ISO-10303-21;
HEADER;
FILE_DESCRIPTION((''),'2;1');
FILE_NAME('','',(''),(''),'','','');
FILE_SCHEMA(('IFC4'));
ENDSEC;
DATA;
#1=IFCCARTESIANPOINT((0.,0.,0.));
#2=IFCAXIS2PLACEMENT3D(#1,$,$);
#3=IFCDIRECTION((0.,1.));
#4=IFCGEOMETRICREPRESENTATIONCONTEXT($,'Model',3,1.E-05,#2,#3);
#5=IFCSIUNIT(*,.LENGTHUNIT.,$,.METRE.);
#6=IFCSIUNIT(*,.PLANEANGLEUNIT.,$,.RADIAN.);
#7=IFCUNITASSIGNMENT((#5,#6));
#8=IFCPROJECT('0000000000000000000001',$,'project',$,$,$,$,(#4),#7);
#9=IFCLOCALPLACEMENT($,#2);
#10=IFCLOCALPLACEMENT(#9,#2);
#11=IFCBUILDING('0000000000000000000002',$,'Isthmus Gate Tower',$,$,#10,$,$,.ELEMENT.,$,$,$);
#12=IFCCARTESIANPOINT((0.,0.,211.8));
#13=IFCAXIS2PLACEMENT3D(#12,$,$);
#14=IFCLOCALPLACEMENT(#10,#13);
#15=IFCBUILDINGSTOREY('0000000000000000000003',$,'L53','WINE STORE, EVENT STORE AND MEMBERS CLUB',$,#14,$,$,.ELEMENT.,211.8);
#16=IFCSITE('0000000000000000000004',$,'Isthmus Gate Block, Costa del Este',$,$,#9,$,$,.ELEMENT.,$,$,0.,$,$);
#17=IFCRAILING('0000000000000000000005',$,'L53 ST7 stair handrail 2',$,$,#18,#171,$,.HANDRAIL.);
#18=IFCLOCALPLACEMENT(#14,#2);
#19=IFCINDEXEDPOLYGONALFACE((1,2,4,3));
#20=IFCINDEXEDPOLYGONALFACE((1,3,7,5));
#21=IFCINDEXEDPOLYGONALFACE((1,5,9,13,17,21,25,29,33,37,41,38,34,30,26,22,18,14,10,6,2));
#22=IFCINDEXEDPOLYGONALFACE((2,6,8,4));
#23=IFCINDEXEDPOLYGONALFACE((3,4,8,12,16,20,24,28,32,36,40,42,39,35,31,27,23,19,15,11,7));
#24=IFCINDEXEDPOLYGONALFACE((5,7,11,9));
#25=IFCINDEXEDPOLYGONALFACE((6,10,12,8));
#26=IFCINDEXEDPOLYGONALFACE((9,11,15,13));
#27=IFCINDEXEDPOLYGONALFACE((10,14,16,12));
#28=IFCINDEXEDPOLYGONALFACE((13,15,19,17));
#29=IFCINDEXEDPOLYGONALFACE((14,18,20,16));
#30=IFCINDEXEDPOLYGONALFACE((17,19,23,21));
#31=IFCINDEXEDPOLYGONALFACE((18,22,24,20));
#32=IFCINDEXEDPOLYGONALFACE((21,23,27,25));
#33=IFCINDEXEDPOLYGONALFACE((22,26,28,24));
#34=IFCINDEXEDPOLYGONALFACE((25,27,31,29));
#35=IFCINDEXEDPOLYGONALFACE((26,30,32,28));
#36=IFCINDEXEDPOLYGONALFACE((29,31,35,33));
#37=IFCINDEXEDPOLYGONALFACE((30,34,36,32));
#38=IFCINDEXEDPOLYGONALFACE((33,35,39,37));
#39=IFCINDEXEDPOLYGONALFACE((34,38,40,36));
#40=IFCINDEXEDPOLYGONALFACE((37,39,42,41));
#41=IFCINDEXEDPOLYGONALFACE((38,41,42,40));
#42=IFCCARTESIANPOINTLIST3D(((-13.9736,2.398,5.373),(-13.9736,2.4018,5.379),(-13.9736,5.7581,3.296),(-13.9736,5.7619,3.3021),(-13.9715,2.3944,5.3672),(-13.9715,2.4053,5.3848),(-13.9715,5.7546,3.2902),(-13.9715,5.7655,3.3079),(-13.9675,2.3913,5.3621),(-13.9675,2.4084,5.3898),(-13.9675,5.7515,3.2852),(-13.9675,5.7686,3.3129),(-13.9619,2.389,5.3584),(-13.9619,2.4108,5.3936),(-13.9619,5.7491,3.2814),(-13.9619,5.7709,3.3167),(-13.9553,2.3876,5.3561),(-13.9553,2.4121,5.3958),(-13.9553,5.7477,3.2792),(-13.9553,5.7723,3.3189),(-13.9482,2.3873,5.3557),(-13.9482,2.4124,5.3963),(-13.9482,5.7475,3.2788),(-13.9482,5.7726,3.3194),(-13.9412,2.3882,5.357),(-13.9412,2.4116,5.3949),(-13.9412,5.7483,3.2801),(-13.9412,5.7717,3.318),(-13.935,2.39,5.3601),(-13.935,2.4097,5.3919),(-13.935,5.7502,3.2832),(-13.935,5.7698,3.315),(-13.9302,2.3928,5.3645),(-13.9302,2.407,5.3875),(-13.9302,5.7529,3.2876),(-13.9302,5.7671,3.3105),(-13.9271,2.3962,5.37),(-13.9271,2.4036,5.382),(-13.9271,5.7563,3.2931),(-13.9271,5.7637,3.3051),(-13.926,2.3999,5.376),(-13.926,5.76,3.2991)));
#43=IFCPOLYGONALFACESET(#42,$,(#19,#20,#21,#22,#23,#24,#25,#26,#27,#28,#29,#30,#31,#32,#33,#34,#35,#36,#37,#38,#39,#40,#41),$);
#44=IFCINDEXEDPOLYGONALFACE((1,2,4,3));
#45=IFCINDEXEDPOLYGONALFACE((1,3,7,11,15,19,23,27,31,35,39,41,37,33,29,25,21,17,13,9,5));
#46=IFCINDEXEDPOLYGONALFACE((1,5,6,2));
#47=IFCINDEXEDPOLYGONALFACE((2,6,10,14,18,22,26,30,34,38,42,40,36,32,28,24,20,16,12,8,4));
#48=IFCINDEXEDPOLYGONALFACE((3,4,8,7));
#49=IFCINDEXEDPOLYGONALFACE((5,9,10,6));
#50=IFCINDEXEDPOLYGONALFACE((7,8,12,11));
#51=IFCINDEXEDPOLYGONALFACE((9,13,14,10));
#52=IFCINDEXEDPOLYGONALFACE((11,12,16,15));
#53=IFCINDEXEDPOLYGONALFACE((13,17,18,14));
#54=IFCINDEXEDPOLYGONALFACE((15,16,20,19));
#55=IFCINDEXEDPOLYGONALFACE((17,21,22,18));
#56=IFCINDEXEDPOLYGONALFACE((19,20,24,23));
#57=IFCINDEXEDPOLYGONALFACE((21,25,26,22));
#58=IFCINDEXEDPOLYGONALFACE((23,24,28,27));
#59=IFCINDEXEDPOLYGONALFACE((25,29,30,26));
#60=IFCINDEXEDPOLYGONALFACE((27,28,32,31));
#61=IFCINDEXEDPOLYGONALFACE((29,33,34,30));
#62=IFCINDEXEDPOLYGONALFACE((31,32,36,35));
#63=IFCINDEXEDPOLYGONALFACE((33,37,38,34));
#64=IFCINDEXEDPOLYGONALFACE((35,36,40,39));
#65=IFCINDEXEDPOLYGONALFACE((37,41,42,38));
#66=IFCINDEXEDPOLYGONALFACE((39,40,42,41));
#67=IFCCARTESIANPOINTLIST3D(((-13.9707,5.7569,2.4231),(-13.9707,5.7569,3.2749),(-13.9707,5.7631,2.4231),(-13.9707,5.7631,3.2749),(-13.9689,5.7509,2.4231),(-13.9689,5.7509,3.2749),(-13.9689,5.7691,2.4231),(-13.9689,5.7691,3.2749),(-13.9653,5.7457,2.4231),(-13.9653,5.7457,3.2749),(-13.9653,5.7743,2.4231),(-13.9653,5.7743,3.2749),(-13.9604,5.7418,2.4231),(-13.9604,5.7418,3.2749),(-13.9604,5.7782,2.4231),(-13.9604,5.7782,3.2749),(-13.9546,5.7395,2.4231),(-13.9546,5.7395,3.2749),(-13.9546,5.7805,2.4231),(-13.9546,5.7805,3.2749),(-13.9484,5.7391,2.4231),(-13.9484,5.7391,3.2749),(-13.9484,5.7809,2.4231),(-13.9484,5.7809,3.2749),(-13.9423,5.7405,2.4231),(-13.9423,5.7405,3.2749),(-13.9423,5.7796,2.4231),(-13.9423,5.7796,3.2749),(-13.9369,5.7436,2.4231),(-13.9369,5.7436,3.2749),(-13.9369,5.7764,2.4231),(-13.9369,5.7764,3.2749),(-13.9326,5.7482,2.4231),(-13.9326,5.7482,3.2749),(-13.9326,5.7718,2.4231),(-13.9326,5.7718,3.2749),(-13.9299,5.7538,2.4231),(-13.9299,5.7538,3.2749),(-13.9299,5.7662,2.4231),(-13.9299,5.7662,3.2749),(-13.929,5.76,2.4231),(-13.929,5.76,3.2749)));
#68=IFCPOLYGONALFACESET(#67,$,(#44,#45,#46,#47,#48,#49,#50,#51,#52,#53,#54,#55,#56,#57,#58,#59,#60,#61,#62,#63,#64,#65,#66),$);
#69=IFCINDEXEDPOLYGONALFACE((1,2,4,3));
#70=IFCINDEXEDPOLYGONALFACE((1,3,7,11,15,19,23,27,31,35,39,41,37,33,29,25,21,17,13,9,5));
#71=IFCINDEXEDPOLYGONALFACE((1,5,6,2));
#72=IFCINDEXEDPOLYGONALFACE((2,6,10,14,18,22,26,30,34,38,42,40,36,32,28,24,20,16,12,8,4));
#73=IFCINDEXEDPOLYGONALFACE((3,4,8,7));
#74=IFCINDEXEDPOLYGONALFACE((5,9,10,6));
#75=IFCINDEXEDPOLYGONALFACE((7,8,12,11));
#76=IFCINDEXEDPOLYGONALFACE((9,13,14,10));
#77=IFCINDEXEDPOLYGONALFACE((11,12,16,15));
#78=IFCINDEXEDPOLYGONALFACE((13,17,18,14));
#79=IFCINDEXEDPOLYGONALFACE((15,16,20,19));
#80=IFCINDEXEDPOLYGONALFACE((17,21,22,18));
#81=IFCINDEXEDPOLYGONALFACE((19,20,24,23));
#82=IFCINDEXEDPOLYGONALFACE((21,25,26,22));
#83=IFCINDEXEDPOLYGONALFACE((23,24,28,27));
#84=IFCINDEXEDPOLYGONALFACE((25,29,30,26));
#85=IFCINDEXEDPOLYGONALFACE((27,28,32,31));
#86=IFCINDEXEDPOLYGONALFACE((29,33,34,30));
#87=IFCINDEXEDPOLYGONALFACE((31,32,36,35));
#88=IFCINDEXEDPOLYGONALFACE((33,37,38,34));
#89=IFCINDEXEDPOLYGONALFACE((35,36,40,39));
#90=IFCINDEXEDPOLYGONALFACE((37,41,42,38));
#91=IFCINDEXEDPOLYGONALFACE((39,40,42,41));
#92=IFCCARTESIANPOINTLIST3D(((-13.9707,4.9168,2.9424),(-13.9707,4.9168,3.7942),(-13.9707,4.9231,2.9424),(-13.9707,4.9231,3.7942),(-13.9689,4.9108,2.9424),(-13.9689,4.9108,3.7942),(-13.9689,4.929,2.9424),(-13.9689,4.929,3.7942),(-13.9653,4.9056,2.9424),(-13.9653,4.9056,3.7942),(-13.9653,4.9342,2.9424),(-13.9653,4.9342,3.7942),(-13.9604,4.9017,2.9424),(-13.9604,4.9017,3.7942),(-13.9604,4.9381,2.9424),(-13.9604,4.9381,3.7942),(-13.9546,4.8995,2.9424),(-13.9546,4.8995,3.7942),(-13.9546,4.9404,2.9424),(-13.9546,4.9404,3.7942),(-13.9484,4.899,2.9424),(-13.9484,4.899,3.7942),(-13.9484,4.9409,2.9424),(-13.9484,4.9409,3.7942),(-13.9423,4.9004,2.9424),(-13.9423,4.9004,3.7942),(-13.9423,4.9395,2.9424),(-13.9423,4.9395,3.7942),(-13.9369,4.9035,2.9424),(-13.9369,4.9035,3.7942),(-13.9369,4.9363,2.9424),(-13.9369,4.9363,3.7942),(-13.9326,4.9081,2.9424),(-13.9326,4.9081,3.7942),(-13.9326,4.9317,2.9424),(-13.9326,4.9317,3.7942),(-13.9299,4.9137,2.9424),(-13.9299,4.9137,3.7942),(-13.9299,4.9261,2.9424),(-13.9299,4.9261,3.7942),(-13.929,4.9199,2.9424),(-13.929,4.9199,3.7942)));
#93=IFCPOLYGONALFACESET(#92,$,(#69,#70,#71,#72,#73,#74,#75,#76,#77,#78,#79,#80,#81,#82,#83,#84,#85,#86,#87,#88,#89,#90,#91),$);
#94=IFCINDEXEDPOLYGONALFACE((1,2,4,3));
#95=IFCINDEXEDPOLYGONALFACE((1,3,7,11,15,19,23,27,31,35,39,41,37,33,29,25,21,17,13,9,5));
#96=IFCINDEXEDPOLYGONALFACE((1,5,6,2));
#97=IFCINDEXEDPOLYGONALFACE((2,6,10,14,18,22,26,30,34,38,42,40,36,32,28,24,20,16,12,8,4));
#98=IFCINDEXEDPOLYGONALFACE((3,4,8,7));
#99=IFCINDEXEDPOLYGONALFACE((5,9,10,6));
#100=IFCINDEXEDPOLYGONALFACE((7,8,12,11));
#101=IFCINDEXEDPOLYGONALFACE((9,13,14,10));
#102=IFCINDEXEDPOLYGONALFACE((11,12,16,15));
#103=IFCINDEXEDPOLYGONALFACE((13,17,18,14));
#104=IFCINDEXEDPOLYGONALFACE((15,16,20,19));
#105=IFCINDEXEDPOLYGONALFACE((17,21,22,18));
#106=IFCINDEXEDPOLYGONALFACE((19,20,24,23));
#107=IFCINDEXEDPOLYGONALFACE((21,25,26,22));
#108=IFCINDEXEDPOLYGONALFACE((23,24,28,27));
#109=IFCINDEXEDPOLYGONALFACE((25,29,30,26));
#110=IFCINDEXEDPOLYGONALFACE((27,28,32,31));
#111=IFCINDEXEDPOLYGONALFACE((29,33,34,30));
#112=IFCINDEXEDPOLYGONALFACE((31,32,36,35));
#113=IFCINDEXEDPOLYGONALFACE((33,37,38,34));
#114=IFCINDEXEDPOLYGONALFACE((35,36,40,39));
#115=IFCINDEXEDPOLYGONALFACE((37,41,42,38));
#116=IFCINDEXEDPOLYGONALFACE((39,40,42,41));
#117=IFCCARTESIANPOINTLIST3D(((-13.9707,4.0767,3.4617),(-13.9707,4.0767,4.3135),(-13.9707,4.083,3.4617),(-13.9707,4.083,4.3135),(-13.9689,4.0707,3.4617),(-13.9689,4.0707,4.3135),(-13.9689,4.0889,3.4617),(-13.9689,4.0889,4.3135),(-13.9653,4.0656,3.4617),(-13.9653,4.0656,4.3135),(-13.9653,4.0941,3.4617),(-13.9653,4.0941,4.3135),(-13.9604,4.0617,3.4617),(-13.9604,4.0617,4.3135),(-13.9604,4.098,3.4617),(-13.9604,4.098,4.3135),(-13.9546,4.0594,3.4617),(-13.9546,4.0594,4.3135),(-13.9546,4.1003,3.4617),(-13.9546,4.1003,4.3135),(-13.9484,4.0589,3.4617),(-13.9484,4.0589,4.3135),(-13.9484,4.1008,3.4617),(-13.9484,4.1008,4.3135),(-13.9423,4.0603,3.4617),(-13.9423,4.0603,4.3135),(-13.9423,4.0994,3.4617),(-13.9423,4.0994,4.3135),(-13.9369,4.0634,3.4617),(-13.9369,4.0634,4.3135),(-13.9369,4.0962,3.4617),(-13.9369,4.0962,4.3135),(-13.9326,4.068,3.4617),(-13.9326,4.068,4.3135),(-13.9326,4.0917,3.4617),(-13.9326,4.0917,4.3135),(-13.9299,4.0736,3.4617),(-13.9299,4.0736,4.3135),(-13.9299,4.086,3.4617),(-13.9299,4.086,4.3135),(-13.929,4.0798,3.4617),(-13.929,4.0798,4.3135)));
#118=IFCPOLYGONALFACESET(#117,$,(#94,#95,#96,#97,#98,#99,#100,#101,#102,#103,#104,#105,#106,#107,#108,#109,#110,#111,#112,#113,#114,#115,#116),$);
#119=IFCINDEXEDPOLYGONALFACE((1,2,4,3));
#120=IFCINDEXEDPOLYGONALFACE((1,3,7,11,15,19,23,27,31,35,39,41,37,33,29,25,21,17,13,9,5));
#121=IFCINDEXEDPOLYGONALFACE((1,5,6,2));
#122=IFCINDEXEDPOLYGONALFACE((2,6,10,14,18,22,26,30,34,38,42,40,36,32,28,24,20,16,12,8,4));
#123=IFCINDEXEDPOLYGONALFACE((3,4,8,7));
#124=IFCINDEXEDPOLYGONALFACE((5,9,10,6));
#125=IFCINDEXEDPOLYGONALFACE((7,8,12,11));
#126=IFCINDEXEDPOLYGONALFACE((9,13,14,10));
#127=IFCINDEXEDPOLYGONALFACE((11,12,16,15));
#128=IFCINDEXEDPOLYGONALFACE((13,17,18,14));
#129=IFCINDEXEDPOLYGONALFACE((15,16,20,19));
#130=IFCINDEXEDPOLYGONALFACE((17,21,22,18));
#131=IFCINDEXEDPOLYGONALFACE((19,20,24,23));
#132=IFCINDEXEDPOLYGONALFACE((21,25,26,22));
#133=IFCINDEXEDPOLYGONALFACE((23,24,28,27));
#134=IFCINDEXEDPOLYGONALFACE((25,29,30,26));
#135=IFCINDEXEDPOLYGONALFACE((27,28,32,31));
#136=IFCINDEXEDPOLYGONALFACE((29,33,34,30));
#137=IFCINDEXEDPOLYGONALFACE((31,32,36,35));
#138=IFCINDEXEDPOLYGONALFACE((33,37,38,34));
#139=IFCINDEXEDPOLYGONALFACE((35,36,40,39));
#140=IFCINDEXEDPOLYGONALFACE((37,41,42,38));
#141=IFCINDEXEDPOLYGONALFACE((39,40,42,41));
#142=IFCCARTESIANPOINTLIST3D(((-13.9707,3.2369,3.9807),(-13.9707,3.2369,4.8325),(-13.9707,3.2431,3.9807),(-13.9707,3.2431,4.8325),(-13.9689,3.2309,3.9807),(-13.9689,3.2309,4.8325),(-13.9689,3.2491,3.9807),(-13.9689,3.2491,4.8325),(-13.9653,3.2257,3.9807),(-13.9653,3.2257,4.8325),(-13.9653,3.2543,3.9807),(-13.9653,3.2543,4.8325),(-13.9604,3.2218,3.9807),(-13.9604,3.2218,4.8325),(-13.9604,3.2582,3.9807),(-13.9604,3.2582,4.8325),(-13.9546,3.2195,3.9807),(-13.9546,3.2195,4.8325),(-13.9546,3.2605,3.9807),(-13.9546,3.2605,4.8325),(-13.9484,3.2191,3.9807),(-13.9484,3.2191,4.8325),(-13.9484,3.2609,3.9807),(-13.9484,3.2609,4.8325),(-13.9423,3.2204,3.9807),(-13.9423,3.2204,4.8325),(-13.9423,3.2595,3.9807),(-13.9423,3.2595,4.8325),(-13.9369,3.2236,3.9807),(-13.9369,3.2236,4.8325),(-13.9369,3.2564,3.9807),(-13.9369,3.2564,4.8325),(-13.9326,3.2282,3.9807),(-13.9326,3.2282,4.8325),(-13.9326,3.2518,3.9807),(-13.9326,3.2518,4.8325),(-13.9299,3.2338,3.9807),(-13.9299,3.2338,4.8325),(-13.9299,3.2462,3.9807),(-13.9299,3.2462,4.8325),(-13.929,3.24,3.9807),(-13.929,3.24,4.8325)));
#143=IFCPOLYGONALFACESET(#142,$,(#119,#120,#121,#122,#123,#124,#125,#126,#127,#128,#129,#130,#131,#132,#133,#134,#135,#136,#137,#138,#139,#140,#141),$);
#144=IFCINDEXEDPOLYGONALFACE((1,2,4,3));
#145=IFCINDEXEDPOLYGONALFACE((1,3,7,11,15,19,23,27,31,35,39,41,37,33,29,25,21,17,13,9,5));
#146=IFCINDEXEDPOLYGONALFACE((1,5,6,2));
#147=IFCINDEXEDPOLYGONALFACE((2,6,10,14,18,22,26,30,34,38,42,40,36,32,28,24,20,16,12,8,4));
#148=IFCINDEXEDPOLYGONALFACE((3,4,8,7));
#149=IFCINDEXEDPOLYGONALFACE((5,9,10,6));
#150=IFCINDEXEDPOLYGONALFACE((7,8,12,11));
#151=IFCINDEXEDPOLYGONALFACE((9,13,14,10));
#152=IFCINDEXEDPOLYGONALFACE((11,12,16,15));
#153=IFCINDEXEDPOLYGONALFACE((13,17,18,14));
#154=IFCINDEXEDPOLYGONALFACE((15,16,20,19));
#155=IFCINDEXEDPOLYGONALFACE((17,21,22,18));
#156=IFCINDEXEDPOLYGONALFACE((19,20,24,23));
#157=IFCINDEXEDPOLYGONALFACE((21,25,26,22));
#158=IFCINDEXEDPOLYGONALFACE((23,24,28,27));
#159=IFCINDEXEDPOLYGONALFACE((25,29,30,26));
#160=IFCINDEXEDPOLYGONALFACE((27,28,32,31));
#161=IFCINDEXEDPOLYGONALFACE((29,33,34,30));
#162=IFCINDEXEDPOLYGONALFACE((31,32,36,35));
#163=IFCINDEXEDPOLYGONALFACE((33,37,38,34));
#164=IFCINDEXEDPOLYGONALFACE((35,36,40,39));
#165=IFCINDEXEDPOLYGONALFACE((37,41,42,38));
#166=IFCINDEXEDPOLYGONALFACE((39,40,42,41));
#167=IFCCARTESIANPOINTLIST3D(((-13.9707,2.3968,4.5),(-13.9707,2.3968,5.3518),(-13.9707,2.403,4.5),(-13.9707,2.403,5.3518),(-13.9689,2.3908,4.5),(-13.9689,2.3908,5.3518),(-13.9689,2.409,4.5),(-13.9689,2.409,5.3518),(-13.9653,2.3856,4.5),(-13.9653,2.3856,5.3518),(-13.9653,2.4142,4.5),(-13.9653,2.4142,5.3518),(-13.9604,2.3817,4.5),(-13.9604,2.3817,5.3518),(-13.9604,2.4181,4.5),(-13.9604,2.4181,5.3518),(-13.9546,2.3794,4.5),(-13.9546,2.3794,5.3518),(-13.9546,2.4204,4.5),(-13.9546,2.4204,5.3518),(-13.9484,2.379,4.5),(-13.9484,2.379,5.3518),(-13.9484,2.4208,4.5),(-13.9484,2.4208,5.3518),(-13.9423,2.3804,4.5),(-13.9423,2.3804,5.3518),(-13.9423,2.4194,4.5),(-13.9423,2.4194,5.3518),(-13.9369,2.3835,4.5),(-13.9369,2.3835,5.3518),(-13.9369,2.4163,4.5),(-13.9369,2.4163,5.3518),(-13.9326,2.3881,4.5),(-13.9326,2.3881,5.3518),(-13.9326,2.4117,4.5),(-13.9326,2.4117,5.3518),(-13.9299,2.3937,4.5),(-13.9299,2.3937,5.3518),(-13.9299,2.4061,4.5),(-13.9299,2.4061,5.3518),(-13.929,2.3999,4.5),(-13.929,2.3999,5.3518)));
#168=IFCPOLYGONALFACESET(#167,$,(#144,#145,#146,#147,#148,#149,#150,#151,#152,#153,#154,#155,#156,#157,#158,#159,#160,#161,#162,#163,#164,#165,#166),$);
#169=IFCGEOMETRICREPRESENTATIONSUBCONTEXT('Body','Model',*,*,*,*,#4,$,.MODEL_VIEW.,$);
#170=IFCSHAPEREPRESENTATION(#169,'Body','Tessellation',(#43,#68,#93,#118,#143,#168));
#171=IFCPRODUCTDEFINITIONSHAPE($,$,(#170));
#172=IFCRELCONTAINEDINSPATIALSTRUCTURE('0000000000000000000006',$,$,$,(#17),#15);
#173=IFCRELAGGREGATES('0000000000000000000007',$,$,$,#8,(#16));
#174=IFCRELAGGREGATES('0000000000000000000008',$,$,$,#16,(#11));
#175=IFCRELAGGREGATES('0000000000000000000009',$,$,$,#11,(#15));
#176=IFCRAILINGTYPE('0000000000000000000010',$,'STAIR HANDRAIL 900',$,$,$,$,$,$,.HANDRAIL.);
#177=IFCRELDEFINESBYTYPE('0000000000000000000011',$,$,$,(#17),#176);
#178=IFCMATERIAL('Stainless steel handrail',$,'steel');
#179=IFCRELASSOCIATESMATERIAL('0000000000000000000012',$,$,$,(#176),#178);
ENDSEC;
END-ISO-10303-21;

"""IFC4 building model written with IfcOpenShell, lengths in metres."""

from ifc_helpers import new_model, si_unit, direction, frame, origin, origin_2d, place, context, subcontext, project, spatial, circle, extrude, material, type_object, element, save


model = new_model("IFC4")

# Units and contexts
model_context = context("Model", 3, precision=1e-05, world=origin(), true_north=direction((0.0, 1.0)))
body_context = subcontext(model_context, "Body", "Model", "MODEL_VIEW")
ifc_project = project(units=[si_unit("LENGTHUNIT", "METRE"), si_unit("PLANEANGLEUNIT", "RADIAN")], contexts=[model_context])

# Site, building, storey
site_placement = place(None, origin())
site = spatial("IfcSite", under=ifc_project, at=site_placement, Name="Isthmus Gate Block, Costa del Este", CompositionType="ELEMENT", RefElevation=0.0)
building_placement = place(site_placement, origin())
building = spatial("IfcBuilding", under=site, at=building_placement, Name="Isthmus Gate Tower", CompositionType="ELEMENT")
storey_placement = place(building_placement, frame((0.0, 0.0, 211.8)))
storey = spatial("IfcBuildingStorey", under=building, at=storey_placement, Name="L53", Description="WINE STORE, EVENT STORE AND MEMBERS CLUB", CompositionType="ELEMENT", Elevation=211.8)

# Railing
ifc_material_1 = material(Name="Stainless steel handrail", Category="steel")
railing_type_1 = type_object("IfcRailingType", Name="STAIR HANDRAIL 900", PredefinedType="HANDRAIL", material=ifc_material_1)
for number, where, name in (
    (1, (-13.95, 5.76, 2.4231), "L53 ST7 stair handrail 2"),
):
    element("IfcRailing", number, at=place(storey_placement, frame(where)), inside=storey, type_object=railing_type_1, Name=name, PredefinedType="HANDRAIL", context=body_context, shape_type="SweptSolid", body=[
        extrude(circle(Radius=0.0239, at=origin_2d()), frame((0.0, 0.0, 0.876), z_axis=(0.0, -0.850623, 0.525776), x_axis=(1.0, 0.0, 0.0)), (0.0, 0.0, 1.0), 3.9502),
        extrude(circle(Radius=0.021, at=origin_2d()), origin(), (0.0, 0.0, 1.0), 0.8518),
        extrude(circle(Radius=0.021, at=origin_2d()), frame((0.0, -0.8401, 0.5193)), (0.0, 0.0, 1.0), 0.8518),
        extrude(circle(Radius=0.021, at=origin_2d()), frame((0.0, -1.6802, 1.0386)), (0.0, 0.0, 1.0), 0.8518),
        extrude(circle(Radius=0.021, at=origin_2d()), frame((0.0, -2.52, 1.5576)), (0.0, 0.0, 1.0), 0.8518),
        extrude(circle(Radius=0.021, at=origin_2d()), frame((0.0, -3.3601, 2.0769)), (0.0, 0.0, 1.0), 0.8518),
    ])

save(model, "model.ifc")
